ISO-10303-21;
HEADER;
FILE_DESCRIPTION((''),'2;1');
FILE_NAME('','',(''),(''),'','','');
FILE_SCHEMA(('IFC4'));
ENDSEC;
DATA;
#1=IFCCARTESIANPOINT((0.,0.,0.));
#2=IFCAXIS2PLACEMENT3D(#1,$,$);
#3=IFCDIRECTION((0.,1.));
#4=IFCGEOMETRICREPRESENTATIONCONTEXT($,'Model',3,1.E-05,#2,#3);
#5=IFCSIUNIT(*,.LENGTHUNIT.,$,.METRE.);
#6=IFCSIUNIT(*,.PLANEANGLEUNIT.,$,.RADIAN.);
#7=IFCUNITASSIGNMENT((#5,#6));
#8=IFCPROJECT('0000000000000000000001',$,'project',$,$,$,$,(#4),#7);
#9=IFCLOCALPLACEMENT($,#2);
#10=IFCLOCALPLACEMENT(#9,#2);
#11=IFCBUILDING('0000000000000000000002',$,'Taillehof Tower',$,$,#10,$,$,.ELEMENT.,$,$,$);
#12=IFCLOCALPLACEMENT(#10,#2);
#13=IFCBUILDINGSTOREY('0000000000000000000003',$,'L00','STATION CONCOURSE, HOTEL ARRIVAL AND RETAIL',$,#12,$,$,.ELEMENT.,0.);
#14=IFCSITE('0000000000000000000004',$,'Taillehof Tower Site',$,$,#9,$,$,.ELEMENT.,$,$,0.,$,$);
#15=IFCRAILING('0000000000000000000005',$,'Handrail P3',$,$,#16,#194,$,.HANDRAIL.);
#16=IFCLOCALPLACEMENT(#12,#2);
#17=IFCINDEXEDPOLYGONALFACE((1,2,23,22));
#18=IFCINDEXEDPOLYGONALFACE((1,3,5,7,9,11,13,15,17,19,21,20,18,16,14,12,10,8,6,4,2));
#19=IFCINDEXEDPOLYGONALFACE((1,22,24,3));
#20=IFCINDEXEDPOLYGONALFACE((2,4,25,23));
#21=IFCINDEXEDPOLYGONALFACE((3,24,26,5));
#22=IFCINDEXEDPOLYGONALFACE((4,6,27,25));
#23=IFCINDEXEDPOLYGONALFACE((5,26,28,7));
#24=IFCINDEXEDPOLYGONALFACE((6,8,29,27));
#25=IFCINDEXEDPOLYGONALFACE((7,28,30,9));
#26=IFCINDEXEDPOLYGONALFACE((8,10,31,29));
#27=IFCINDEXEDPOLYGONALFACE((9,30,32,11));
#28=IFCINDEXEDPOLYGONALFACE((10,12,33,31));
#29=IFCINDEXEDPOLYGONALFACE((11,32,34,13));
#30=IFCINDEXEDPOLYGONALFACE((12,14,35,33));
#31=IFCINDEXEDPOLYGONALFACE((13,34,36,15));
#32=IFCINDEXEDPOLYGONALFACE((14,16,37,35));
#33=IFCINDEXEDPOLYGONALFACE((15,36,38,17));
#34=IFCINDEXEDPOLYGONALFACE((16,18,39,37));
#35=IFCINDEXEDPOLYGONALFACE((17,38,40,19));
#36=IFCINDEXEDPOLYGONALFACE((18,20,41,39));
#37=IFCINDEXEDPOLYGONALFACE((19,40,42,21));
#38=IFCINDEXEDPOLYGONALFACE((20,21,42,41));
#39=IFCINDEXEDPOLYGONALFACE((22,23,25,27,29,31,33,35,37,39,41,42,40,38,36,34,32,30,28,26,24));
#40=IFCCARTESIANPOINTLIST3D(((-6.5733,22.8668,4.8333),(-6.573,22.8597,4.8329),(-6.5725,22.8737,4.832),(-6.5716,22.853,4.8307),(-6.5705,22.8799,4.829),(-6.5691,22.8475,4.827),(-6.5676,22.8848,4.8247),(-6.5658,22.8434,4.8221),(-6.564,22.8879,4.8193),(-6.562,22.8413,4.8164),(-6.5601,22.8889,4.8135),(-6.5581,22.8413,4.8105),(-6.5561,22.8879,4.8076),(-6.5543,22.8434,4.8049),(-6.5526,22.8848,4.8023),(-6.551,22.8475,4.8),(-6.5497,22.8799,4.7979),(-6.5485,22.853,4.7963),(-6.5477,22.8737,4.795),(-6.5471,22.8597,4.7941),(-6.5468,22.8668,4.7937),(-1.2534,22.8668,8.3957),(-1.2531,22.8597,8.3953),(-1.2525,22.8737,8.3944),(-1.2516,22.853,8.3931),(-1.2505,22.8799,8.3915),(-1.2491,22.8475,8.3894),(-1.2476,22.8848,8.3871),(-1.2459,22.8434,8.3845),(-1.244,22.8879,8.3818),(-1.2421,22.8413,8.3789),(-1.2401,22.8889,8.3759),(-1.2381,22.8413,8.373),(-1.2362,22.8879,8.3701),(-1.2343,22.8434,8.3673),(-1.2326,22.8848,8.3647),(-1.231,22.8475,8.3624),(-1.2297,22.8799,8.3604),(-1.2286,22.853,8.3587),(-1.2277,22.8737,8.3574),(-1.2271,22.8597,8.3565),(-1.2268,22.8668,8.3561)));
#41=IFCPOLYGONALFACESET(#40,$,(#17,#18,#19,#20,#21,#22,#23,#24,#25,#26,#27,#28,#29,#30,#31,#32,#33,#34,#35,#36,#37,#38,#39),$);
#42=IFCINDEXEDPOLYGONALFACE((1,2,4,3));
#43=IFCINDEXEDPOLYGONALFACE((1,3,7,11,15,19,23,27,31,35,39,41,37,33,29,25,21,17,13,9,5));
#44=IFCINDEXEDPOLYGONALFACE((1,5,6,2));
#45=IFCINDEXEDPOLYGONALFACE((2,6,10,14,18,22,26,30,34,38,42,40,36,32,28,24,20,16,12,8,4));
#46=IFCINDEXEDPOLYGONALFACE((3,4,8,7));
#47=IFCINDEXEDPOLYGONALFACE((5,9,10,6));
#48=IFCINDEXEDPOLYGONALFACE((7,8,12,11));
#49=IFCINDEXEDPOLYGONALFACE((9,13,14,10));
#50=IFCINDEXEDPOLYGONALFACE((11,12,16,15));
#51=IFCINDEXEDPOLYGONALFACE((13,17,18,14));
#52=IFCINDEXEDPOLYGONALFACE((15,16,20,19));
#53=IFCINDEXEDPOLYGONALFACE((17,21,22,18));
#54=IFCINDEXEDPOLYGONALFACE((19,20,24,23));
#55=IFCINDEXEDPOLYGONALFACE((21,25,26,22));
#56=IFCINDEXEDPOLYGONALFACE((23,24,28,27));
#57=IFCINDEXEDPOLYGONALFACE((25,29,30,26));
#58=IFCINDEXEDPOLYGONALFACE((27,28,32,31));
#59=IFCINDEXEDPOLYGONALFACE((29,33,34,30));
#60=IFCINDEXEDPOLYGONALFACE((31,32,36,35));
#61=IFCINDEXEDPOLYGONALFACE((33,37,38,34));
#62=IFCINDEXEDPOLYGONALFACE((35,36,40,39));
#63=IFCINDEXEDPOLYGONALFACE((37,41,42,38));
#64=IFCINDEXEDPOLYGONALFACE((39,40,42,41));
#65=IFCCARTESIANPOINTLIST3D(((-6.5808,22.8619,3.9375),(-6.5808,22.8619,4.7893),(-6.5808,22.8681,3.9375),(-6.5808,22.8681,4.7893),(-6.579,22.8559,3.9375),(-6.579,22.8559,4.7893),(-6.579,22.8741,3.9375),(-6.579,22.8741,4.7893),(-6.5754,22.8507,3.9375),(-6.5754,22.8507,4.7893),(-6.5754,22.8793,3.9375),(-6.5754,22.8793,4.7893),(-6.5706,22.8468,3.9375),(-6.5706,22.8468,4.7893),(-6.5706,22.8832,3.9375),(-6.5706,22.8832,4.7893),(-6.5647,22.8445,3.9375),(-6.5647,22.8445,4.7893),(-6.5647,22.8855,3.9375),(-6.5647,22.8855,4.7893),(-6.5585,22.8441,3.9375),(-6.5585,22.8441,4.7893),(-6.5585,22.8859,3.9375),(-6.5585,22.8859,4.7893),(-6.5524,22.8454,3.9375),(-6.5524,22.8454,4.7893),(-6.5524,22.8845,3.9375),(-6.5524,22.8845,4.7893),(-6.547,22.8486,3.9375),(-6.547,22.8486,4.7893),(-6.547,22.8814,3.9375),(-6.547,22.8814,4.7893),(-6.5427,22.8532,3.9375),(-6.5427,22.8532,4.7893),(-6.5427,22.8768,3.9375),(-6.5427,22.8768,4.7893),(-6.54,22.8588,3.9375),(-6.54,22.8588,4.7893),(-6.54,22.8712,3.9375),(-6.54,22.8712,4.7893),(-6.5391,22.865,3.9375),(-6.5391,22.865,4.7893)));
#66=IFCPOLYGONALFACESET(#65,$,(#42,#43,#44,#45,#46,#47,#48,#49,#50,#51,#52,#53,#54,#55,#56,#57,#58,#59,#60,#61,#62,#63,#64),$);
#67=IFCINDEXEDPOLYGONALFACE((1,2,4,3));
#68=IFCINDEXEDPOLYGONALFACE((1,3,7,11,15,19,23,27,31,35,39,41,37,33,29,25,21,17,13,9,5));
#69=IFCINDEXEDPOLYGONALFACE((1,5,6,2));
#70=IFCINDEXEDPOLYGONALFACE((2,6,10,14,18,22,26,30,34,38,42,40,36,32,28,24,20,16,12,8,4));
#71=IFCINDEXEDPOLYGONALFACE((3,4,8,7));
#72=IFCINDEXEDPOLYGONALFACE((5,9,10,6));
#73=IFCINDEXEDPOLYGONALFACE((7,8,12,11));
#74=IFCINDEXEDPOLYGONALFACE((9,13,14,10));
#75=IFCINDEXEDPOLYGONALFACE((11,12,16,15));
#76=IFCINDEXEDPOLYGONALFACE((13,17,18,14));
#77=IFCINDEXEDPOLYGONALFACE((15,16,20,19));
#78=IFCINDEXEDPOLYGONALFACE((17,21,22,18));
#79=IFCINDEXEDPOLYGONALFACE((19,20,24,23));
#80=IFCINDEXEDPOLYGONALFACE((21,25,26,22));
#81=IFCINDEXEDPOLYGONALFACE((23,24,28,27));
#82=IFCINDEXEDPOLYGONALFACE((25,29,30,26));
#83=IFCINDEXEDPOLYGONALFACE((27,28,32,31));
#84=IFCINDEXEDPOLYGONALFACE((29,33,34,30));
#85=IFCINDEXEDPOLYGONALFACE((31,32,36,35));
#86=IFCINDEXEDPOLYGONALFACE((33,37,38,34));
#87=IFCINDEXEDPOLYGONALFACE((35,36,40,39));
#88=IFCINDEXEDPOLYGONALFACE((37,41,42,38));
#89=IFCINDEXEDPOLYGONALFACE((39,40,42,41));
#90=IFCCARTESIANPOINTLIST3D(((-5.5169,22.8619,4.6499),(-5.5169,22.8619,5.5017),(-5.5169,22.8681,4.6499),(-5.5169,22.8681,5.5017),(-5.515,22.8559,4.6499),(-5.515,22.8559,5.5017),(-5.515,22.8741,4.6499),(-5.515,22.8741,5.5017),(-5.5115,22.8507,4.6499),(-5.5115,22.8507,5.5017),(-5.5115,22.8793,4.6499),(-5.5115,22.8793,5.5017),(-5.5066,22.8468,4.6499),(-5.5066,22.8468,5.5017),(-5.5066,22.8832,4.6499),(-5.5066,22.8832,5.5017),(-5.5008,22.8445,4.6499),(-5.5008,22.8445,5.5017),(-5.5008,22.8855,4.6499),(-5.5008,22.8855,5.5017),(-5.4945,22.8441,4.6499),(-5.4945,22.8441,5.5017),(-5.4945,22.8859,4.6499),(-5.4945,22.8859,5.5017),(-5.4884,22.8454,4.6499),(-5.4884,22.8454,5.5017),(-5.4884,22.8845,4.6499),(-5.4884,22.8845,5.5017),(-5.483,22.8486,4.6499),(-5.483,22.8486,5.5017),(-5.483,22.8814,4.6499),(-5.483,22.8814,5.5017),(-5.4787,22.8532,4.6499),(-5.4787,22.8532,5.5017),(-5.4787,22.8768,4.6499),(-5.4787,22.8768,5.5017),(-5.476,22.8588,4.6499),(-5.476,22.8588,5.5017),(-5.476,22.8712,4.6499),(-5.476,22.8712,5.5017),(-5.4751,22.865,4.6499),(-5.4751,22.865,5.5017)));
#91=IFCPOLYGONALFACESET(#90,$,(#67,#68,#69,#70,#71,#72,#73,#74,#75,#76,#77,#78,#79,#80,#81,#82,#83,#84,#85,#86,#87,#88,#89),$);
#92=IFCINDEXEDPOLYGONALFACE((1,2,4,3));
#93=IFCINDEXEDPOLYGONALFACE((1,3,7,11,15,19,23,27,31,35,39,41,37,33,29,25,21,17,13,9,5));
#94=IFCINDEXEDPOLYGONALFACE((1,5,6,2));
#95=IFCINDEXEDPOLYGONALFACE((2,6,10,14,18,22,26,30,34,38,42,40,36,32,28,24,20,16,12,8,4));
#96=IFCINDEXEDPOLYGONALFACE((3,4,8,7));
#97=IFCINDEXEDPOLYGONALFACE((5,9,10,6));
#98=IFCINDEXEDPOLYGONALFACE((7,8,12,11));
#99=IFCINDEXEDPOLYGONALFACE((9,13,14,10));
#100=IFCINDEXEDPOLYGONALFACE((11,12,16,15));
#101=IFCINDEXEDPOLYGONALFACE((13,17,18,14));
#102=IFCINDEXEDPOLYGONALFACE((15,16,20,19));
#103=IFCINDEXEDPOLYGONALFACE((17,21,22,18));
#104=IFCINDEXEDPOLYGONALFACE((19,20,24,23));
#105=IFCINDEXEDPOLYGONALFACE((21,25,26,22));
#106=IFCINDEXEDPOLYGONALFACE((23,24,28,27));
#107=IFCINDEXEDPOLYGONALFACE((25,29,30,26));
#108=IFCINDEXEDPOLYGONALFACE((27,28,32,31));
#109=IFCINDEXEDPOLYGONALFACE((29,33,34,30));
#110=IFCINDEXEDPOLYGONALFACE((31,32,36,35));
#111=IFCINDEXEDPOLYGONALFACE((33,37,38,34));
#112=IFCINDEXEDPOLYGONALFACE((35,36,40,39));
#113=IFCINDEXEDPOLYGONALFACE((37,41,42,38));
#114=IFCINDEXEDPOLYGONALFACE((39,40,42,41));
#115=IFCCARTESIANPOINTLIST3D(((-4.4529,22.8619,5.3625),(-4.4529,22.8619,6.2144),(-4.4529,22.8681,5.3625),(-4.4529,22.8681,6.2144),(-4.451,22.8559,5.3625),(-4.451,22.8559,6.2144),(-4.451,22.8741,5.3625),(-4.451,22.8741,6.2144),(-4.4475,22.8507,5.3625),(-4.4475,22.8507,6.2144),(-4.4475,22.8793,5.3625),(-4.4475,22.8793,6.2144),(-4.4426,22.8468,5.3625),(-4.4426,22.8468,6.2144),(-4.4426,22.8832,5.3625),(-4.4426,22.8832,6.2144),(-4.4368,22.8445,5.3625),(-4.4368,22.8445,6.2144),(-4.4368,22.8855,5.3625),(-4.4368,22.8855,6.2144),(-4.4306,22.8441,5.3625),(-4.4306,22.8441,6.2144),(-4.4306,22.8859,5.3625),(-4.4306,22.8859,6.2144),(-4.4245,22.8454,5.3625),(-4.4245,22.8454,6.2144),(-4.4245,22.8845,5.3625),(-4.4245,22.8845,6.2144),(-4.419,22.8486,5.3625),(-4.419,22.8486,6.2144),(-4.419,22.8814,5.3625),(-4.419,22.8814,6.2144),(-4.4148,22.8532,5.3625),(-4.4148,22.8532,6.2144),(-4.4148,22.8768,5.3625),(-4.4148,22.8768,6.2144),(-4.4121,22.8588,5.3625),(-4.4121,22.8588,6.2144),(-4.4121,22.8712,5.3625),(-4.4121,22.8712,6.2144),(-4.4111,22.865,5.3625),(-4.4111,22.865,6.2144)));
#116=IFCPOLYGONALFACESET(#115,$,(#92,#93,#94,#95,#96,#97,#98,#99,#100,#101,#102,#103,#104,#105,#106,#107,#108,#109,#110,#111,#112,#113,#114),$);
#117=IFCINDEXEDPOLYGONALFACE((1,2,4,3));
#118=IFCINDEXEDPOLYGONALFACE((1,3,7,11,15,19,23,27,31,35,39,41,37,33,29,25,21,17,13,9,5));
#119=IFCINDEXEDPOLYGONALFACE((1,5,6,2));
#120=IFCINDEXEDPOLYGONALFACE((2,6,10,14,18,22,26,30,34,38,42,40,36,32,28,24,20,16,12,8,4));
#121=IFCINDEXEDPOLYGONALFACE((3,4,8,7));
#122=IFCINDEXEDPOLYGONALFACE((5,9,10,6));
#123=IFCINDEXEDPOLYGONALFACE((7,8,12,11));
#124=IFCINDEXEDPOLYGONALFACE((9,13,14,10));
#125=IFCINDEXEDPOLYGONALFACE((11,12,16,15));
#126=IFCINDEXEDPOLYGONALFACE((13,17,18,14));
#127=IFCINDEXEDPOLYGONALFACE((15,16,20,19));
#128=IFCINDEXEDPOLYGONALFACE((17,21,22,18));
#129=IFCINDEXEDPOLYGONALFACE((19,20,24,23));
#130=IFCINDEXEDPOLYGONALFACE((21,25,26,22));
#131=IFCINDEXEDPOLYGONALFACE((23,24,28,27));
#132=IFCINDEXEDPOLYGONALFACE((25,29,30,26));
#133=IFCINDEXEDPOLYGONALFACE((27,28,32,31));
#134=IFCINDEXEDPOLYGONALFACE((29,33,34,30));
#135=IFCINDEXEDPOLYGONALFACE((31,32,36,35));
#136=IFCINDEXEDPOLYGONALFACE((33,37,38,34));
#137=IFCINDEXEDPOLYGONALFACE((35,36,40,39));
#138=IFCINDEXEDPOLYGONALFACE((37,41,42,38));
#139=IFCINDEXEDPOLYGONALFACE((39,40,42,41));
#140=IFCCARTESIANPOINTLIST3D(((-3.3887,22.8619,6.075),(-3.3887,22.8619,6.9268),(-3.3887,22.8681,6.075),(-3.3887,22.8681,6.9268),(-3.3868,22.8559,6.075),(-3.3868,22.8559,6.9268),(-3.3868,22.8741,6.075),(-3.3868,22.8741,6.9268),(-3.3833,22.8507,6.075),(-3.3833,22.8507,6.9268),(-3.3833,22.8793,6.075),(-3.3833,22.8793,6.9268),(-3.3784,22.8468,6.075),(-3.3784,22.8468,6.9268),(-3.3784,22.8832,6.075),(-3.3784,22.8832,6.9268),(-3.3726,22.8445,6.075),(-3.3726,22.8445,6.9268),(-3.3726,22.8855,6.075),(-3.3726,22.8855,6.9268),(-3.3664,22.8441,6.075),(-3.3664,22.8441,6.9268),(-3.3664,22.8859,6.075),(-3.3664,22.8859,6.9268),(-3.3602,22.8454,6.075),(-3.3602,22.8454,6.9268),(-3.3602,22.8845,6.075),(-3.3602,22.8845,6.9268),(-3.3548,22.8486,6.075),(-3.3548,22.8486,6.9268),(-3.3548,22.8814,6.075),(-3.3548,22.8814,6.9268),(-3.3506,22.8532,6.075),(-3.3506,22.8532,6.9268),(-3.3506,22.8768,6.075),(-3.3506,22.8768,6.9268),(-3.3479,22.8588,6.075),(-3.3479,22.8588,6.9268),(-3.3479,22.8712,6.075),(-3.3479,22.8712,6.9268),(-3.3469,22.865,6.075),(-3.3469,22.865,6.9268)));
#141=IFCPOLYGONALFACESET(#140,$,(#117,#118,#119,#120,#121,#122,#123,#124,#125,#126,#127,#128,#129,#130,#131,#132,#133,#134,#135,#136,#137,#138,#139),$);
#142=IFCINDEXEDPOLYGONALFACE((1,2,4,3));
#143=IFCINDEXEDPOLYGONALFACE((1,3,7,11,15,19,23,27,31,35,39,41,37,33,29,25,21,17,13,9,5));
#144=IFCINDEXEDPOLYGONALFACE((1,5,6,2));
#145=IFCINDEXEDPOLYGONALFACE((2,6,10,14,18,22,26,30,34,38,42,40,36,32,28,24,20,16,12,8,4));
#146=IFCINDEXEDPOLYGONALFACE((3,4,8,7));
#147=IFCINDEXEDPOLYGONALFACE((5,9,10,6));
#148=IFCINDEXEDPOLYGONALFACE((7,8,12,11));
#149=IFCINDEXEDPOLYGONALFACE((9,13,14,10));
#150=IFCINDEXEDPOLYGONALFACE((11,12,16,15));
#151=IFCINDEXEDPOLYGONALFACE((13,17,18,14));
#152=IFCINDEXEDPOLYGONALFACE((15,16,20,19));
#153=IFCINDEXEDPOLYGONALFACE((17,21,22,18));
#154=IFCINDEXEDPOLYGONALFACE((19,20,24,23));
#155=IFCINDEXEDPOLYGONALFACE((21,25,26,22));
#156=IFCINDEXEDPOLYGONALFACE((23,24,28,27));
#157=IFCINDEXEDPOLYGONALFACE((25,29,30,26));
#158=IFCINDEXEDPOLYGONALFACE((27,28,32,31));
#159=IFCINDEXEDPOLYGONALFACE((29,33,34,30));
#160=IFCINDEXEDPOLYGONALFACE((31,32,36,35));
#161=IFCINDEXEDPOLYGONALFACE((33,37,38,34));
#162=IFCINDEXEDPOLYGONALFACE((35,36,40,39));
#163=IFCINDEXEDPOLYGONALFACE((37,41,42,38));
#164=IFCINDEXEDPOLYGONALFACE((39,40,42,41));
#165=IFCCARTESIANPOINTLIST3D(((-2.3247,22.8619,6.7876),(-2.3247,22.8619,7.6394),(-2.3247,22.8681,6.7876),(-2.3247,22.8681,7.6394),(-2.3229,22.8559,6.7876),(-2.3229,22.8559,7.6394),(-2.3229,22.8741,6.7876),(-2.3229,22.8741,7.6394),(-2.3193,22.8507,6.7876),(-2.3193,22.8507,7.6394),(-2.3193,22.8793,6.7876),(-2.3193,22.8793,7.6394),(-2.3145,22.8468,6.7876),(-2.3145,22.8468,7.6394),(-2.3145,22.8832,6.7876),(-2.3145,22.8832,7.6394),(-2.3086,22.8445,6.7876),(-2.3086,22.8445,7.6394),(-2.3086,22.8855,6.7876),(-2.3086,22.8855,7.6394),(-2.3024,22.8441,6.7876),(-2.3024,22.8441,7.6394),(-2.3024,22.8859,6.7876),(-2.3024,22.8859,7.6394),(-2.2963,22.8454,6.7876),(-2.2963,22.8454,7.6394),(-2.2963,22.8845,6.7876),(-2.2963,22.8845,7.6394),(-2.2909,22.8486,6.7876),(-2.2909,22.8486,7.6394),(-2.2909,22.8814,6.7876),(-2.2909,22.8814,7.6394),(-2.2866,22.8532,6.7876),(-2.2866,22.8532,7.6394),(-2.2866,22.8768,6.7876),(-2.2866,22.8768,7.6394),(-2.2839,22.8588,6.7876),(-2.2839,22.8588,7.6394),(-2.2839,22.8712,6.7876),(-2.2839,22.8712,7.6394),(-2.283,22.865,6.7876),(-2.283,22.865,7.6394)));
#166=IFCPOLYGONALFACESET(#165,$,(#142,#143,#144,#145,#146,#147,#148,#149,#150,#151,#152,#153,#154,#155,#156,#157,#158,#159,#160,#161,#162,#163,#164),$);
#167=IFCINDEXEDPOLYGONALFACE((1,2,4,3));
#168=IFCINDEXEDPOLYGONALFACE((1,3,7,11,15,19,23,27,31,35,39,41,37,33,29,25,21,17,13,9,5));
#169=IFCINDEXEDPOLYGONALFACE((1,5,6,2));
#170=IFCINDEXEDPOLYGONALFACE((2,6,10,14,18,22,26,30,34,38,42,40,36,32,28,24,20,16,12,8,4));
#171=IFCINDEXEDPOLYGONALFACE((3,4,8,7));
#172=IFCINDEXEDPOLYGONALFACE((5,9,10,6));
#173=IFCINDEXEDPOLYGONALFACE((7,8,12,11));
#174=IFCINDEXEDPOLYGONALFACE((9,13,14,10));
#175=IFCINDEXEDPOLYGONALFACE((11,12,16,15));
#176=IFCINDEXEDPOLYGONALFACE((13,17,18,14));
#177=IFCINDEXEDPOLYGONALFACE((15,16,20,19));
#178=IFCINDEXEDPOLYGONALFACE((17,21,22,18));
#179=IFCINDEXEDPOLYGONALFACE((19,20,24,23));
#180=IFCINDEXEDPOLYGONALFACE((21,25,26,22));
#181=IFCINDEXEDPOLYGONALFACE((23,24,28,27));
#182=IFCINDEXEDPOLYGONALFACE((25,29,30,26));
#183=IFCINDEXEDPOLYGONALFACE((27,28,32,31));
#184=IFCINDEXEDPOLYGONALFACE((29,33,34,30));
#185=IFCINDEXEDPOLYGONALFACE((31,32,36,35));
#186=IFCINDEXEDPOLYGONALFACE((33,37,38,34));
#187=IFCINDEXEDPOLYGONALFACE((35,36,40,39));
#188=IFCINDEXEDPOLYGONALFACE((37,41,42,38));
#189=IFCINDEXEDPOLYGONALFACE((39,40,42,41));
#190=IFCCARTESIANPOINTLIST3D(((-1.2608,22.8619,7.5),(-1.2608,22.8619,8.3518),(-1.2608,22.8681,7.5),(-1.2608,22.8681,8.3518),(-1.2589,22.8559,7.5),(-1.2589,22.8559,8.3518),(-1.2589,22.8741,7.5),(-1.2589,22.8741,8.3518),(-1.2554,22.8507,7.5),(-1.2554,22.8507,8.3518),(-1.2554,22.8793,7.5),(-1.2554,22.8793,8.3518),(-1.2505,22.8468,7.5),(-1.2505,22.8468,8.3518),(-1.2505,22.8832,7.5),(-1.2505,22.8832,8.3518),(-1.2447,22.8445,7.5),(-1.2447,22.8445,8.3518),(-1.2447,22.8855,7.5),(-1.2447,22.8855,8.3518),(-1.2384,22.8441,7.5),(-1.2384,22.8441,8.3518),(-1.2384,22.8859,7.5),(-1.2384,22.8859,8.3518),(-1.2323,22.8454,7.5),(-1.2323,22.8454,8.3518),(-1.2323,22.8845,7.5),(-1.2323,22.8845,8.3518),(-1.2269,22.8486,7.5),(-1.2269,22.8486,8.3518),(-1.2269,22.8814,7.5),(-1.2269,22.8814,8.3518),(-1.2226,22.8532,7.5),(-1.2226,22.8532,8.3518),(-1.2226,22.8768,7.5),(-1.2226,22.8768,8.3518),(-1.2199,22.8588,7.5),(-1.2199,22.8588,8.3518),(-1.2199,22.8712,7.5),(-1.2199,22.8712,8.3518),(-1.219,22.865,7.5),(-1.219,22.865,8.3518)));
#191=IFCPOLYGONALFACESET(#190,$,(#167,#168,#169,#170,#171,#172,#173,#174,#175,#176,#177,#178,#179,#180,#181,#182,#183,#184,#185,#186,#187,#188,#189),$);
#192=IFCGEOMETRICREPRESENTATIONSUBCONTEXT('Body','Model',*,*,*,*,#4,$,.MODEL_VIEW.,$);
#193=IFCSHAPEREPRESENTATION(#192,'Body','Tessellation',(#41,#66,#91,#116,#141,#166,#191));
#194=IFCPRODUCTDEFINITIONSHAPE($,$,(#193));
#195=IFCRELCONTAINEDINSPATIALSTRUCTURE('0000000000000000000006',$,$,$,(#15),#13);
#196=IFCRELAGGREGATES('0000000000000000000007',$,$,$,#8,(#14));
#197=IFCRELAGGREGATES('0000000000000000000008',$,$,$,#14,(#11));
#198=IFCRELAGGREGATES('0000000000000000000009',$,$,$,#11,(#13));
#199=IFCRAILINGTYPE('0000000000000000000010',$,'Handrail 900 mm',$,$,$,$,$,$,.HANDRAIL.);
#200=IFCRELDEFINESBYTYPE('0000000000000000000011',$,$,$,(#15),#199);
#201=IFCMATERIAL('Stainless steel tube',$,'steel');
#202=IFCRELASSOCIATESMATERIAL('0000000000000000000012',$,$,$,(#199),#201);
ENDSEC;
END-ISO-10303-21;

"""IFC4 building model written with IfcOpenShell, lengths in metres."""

from ifc_helpers import new_model, si_unit, direction, frame, origin, origin_2d, place, context, subcontext, project, spatial, circle, extrude, material, type_object, element, save


model = new_model("IFC4")

# Units and contexts
model_context = context("Model", 3, precision=1e-05, world=origin(), true_north=direction((0.0, 1.0)))
body_context = subcontext(model_context, "Body", "Model", "MODEL_VIEW")
ifc_project = project(units=[si_unit("LENGTHUNIT", "METRE"), si_unit("PLANEANGLEUNIT", "RADIAN")], contexts=[model_context])

# Site, building, storey
site_placement = place(None, origin())
site = spatial("IfcSite", under=ifc_project, at=site_placement, Name="Taillehof Tower Site", CompositionType="ELEMENT", RefElevation=0.0)
building_placement = place(site_placement, origin())
building = spatial("IfcBuilding", under=site, at=building_placement, Name="Taillehof Tower", CompositionType="ELEMENT")
storey_placement = place(building_placement, origin())
storey = spatial("IfcBuildingStorey", under=building, at=storey_placement, Name="L00", Description="STATION CONCOURSE, HOTEL ARRIVAL AND RETAIL", CompositionType="ELEMENT", Elevation=0.0)

# Railing
ifc_material_1 = material(Name="Stainless steel tube", Category="steel")
railing_type = type_object("IfcRailingType", Name="Handrail 900 mm", PredefinedType="HANDRAIL", material=ifc_material_1)
for number, where, name in (
    (1, (-6.5601, 22.865, 3.9375), "Handrail P3"),
):
    element("IfcRailing", number, at=place(storey_placement, frame(where)), inside=storey, type_object=railing_type, Name=name, PredefinedType="HANDRAIL", context=body_context, shape_type="SweptSolid", body=[
        extrude(circle(Radius=0.0239, at=origin_2d()), frame((0.0, 0.0, 0.876), z_axis=(0.83091, 0.0, 0.556406), x_axis=(0.0, 1.0, 0.0)), (0.0, 0.0, 1.0), 6.4026),
        extrude(circle(Radius=0.021, at=origin_2d()), origin(), (0.0, 0.0, 1.0), 0.8518),
        extrude(circle(Radius=0.021, at=origin_2d()), frame((1.064, 0.0, 0.7124)), (0.0, 0.0, 1.0), 0.8518),
        extrude(circle(Radius=0.021, at=origin_2d()), frame((2.1279, 0.0, 1.425)), (0.0, 0.0, 1.0), 0.8518),
        extrude(circle(Radius=0.021, at=origin_2d()), frame((3.1921, 0.0, 2.1375)), (0.0, 0.0, 1.0), 0.8518),
        extrude(circle(Radius=0.021, at=origin_2d()), frame((4.2561, 0.0, 2.8501)), (0.0, 0.0, 1.0), 0.8518),
        extrude(circle(Radius=0.021, at=origin_2d()), frame((5.3201, 0.0, 3.5625)), (0.0, 0.0, 1.0), 0.8518),
    ])

save(model, "model.ifc")
